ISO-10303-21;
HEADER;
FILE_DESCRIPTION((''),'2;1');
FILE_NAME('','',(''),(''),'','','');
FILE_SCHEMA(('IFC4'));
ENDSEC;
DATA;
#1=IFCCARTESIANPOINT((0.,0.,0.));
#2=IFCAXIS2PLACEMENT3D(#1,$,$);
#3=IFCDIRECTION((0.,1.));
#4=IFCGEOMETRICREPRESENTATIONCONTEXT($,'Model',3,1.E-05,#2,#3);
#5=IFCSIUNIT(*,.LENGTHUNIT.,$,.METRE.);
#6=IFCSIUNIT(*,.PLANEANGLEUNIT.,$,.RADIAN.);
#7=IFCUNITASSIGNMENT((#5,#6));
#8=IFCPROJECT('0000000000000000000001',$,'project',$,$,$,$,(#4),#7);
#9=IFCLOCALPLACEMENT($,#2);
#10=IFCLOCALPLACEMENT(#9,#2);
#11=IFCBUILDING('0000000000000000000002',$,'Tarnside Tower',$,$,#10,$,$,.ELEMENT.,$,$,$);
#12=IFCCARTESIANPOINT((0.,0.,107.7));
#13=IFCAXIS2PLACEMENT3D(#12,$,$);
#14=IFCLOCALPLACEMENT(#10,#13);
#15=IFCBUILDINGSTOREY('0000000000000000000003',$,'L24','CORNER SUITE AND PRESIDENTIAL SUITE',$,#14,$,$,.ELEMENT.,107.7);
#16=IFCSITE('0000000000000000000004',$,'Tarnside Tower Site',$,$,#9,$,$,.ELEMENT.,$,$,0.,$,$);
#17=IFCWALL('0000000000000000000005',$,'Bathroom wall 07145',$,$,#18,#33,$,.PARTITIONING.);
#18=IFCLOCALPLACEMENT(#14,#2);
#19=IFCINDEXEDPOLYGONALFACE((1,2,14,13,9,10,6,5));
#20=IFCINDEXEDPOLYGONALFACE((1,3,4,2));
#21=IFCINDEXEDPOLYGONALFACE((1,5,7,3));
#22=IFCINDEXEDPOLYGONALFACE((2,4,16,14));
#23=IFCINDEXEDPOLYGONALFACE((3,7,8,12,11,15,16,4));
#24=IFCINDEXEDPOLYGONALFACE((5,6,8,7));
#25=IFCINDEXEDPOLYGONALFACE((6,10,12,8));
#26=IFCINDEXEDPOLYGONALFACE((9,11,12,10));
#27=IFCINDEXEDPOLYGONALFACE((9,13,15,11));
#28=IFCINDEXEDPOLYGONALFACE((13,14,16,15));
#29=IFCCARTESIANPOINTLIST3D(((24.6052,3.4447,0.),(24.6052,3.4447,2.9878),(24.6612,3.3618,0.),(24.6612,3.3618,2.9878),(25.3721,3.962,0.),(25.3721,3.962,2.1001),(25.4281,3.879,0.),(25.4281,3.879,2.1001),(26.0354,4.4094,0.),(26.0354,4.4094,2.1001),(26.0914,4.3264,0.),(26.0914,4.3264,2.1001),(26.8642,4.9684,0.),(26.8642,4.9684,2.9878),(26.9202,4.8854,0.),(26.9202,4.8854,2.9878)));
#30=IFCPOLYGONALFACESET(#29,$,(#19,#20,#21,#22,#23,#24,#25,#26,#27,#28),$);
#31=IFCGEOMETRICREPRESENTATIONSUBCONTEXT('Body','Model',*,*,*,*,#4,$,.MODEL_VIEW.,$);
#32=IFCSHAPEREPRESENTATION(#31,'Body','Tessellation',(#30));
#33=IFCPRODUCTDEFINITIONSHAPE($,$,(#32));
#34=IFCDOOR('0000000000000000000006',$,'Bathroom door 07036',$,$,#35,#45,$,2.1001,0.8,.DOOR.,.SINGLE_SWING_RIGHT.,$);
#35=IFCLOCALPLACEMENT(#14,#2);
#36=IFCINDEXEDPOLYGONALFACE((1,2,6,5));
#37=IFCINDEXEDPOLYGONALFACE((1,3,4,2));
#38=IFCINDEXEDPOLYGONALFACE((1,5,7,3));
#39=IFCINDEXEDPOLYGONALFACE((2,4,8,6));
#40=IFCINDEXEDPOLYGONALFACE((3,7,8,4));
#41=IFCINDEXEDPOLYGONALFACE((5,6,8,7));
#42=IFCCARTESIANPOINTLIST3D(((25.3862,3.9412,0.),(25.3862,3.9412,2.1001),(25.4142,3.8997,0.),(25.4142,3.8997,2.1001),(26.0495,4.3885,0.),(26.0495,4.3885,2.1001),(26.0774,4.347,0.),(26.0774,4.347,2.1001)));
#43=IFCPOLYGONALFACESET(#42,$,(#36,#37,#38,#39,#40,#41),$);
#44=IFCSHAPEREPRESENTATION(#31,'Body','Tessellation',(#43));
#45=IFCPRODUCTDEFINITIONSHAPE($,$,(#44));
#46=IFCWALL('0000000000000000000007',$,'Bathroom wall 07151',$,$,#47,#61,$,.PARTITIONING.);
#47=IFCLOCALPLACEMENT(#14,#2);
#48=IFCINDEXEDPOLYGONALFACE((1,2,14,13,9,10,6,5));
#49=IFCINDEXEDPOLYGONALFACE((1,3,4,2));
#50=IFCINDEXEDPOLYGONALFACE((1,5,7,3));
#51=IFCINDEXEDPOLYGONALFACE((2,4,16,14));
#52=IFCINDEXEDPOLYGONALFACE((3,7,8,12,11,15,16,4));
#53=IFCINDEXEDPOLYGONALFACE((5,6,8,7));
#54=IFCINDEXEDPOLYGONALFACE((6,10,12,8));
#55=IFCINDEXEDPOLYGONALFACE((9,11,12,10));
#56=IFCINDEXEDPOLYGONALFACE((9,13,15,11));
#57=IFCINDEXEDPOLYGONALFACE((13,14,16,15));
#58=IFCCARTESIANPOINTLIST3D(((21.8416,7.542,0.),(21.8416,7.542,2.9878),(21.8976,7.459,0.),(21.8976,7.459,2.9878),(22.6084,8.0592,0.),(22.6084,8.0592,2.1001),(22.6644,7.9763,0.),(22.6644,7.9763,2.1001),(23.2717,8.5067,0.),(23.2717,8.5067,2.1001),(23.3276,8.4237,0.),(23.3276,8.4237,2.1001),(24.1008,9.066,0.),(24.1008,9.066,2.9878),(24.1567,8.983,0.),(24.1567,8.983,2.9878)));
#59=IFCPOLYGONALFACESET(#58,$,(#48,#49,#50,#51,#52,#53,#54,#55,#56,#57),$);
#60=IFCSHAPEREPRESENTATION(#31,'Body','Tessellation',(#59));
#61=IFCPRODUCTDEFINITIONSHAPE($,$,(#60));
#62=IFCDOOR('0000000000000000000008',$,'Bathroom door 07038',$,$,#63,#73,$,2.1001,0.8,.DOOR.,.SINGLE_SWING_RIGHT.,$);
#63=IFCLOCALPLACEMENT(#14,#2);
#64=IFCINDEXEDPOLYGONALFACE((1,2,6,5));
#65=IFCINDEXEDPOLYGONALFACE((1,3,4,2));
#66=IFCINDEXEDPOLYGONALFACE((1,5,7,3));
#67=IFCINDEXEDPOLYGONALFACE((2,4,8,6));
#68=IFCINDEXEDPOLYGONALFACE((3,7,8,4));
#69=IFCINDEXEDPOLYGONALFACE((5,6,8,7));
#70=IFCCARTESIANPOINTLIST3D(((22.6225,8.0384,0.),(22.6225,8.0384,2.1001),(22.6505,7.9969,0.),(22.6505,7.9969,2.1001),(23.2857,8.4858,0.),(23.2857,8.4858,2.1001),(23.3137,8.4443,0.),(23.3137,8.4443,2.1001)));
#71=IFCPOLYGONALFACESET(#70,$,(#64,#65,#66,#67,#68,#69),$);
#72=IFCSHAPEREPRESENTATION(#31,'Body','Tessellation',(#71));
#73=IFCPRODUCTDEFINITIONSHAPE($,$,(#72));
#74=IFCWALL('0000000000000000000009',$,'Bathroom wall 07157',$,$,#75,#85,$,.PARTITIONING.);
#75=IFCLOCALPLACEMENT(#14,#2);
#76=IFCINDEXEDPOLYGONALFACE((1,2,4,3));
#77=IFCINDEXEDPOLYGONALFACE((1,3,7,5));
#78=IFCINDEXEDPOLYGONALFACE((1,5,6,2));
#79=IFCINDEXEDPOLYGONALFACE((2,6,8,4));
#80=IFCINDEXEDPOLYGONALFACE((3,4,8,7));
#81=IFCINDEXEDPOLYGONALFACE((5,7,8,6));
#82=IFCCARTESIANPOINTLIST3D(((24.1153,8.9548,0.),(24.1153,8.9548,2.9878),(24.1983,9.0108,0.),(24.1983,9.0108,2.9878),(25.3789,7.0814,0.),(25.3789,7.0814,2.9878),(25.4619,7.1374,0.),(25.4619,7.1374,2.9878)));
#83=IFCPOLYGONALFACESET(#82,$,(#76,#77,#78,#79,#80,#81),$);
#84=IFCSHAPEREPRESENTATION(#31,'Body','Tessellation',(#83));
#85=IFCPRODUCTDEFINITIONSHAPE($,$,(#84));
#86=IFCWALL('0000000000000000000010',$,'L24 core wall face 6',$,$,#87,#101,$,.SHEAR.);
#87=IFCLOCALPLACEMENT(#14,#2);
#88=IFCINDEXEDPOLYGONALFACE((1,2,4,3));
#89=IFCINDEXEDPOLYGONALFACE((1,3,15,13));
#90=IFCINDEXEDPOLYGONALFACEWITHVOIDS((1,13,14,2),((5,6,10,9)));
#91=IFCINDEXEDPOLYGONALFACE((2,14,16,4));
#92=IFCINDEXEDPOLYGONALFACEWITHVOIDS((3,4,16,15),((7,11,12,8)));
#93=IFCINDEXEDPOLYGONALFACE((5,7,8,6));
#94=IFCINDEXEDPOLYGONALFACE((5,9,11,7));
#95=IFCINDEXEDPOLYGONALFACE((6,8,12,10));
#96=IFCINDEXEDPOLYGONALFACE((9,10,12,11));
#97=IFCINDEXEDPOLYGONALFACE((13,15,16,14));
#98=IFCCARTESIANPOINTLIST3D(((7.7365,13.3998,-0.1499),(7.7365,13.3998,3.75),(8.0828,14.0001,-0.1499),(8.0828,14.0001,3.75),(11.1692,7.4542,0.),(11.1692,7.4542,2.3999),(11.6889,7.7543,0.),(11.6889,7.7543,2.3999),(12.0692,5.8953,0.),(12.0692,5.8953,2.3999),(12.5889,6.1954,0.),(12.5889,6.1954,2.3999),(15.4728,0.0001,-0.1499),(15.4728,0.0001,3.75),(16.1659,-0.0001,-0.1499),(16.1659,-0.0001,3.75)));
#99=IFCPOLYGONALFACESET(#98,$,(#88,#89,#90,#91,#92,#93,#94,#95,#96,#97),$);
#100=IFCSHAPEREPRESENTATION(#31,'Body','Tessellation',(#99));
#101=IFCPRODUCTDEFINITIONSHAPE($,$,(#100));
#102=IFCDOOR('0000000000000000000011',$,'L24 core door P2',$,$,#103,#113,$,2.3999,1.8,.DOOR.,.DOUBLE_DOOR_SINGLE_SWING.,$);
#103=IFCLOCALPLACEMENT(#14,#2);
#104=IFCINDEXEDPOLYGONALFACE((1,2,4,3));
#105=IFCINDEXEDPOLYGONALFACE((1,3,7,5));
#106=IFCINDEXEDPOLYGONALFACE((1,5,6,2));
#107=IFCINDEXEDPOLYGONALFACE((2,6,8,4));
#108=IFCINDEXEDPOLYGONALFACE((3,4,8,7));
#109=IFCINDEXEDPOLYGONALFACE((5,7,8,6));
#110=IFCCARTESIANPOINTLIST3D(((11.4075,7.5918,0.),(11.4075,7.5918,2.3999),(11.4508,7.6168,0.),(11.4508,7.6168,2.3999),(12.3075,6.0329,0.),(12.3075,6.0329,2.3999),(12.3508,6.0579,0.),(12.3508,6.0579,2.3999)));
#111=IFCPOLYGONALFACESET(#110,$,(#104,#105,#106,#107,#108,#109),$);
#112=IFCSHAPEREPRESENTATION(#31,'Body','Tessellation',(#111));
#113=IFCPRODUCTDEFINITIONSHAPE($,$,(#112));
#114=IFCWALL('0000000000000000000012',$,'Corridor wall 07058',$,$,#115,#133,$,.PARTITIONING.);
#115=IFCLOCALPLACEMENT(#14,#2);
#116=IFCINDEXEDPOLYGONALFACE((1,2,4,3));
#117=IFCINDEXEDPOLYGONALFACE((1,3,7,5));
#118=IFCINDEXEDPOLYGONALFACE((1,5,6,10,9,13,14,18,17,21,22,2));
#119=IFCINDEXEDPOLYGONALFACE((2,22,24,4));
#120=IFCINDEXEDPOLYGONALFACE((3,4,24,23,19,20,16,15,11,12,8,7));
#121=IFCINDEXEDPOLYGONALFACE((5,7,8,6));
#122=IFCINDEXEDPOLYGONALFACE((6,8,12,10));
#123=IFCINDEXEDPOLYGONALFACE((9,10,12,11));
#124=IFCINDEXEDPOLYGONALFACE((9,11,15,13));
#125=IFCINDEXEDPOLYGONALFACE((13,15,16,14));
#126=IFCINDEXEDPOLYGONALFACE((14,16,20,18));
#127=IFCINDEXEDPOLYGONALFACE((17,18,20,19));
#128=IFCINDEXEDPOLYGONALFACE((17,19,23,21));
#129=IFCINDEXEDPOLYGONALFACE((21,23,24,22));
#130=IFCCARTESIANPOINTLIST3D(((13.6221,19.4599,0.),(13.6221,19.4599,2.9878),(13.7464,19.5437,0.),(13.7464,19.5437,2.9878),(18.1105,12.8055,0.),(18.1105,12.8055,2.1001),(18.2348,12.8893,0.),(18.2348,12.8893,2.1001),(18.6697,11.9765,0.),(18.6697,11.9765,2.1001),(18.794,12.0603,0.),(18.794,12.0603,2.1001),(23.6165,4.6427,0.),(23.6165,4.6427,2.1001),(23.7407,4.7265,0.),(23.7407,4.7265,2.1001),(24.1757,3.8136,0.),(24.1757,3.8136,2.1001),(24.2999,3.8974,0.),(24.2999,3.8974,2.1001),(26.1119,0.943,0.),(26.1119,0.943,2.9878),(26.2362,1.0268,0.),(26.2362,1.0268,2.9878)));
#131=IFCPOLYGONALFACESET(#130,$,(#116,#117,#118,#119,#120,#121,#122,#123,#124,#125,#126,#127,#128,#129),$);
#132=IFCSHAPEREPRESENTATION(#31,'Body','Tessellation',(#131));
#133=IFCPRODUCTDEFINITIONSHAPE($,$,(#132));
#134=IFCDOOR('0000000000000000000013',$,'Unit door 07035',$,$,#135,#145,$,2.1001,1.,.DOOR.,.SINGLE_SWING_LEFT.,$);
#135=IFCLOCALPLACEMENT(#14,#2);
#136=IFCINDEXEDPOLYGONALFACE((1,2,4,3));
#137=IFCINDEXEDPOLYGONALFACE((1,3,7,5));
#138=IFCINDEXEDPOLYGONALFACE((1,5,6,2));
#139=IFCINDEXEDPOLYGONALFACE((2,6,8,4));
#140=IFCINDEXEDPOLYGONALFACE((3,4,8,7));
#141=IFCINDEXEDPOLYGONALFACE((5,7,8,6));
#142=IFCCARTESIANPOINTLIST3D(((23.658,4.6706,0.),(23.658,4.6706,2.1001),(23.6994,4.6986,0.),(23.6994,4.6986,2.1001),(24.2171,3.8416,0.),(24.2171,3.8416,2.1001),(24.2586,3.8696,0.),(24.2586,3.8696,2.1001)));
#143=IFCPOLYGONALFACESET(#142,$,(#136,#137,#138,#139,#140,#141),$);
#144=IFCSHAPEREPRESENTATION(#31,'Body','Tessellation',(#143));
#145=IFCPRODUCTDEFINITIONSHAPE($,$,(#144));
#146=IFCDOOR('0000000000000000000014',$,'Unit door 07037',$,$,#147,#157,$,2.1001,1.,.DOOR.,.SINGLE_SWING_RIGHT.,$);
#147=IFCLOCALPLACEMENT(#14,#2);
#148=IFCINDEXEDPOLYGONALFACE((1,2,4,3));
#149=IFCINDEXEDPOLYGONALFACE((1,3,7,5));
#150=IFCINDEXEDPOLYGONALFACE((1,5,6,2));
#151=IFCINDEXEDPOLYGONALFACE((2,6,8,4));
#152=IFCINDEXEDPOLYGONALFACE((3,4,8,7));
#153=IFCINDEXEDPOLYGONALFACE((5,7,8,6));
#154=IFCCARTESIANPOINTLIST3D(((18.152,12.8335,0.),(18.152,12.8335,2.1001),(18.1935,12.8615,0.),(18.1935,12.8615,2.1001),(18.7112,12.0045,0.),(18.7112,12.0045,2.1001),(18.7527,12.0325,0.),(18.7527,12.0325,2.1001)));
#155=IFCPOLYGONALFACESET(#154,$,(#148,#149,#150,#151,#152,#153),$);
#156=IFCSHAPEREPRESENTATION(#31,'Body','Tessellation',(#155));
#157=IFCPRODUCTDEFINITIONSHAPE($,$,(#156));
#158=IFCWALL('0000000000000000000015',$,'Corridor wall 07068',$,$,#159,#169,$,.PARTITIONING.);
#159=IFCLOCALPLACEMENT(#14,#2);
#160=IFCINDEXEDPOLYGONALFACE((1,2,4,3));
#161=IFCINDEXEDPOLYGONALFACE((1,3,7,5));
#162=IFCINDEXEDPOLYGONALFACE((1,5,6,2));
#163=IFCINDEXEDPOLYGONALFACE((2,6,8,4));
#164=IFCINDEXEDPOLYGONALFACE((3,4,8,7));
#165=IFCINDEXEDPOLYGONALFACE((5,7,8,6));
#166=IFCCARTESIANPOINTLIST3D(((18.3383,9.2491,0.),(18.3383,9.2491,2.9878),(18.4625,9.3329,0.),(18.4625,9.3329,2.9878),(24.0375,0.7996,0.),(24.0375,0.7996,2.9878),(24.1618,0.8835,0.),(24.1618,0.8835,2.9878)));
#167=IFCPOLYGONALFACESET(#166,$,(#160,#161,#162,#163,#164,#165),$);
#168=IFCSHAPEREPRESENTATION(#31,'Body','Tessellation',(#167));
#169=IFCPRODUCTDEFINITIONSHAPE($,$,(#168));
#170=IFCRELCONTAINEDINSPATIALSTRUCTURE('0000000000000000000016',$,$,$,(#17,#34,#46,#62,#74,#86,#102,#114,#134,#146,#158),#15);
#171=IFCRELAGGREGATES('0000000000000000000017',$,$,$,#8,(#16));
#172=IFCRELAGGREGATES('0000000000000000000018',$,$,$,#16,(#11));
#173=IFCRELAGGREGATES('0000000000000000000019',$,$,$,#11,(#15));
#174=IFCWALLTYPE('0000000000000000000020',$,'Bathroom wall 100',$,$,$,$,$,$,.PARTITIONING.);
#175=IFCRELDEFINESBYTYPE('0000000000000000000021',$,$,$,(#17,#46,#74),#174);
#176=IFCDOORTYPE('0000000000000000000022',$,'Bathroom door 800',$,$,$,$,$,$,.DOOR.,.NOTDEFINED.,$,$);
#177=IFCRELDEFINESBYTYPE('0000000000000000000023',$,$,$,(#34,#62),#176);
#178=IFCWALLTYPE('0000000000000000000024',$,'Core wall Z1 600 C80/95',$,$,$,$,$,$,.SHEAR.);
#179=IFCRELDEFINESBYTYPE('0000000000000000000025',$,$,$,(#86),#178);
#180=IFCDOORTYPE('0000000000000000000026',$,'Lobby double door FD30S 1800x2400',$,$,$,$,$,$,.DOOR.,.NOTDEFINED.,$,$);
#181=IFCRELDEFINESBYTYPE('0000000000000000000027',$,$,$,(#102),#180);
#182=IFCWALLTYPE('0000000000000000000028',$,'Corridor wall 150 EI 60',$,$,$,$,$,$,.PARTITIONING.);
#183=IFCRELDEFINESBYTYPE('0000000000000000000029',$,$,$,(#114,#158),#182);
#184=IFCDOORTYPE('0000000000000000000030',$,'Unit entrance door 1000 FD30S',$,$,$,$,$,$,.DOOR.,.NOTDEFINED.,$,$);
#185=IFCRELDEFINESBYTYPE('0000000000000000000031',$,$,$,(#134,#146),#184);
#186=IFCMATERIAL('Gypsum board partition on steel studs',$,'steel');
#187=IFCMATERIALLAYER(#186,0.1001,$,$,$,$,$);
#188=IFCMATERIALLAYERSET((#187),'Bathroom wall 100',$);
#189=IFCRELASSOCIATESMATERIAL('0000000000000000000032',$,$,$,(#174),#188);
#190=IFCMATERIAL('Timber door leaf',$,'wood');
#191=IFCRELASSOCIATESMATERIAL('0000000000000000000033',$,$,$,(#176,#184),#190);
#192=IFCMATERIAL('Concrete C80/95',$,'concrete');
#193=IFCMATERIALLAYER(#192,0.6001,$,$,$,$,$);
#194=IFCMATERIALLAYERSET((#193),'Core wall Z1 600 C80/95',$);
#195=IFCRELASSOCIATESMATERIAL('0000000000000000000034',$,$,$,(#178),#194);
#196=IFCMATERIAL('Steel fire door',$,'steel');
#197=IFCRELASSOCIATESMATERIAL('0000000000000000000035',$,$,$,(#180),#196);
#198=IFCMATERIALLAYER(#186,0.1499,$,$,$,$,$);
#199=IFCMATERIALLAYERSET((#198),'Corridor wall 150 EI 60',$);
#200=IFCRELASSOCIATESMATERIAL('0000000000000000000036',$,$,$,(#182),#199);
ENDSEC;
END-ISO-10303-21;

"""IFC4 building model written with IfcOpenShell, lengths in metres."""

from ifc_helpers import new_model, si_unit, direction, frame, frame_2d, origin, place, context, subcontext, project, spatial, polyline, rectangle, outline, extrude, material, layer, layer_set, type_object, element, fill, save


model = new_model("IFC4")

# Units and contexts
model_context = context("Model", 3, precision=1e-05, world=origin(), true_north=direction((0.0, 1.0)))
body_context = subcontext(model_context, "Body", "Model", "MODEL_VIEW")
ifc_project = project(units=[si_unit("LENGTHUNIT", "METRE"), si_unit("PLANEANGLEUNIT", "RADIAN")], contexts=[model_context])

# Site, building, storey
site_placement = place(None, origin())
site = spatial("IfcSite", under=ifc_project, at=site_placement, Name="Tarnside Tower Site", CompositionType="ELEMENT", RefElevation=0.0)
building_placement = place(site_placement, origin())
building = spatial("IfcBuilding", under=site, at=building_placement, Name="Tarnside Tower", CompositionType="ELEMENT")
storey_placement = place(building_placement, frame((0.0, 0.0, 107.7)))
storey = spatial("IfcBuildingStorey", under=building, at=storey_placement, Name="L24", Description="CORNER SUITE AND PRESIDENTIAL SUITE", CompositionType="ELEMENT", Elevation=107.7)

# Walls, openings, doors
ifc_material_1 = material(Name="Gypsum board partition on steel studs", Category="steel")
ifc_layer_1 = layer(ifc_material_1, 0.1001)
ifc_layer_set_1 = layer_set([ifc_layer_1], Name="Bathroom wall 100")
wall_type_1 = type_object("IfcWallType", Name="Bathroom wall 100", PredefinedType="PARTITIONING", material=ifc_layer_set_1)
wall_1_placement = place(storey_placement, frame((24.6333, 3.4033, 0.0), z_axis=(0.0, 0.0, 1.0), x_axis=(0.829047, 0.559179, 0.0)))
wall_1 = element("IfcWall", 1, at=wall_1_placement, inside=storey, type_object=wall_type_1, Name="Bathroom wall 07145", PredefinedType="PARTITIONING", context=body_context, shape_type="SweptSolid", body=[
    extrude(rectangle(XDim=2.7249, YDim=0.1001, at=frame_2d((1.3623, 0.0))), origin(), (0.0, 0.0, 1.0), 2.9878),
])
opening_1_placement = place(wall_1_placement, frame((0.925, 0.0, 0.0)))
opening_1 = element("IfcOpeningElement", 2, at=opening_1_placement, cuts=wall_1, PredefinedType="OPENING", context=body_context, shape_type="SweptSolid", body=[
    extrude(rectangle(XDim=0.8, YDim=2.1001, at=frame_2d((0.3999, 1.05))), frame((0.0, 0.0601, 0.0), z_axis=(0.0, -1.0, 0.0), x_axis=(1.0, 0.0, 0.0)), (0.0, 0.0, 1.0), 0.1201),
])
ifc_material_2 = material(Name="Timber door leaf", Category="wood")
door_type_1 = type_object("IfcDoorType", Name="Bathroom door 800", OperationType="NOTDEFINED", PredefinedType="DOOR", material=ifc_material_2)
door_1_placement = place(opening_1_placement, origin())
door_1 = element("IfcDoor", 3, at=door_1_placement, inside=storey, type_object=door_type_1, Name="Bathroom door 07036", OperationType="SINGLE_SWING_RIGHT", OverallHeight=2.1001, OverallWidth=0.8, PredefinedType="DOOR", context=body_context, shape_type="SweptSolid", body=[
    extrude(rectangle(XDim=0.8, YDim=2.1001, at=frame_2d((0.3999, 1.05))), frame((0.0, 0.0249, 0.0), z_axis=(0.0, -1.0, 0.0), x_axis=(1.0, 0.0, 0.0)), (0.0, 0.0, 1.0), 0.05),
])
fill(opening_1, door_1)
wall_2_placement = place(storey_placement, frame((21.8696, 7.5005, 0.0), z_axis=(0.0, 0.0, 1.0), x_axis=(0.829005, 0.55924, 0.0)))
wall_2 = element("IfcWall", 4, at=wall_2_placement, inside=storey, type_object=wall_type_1, Name="Bathroom wall 07151", PredefinedType="PARTITIONING", context=body_context, shape_type="SweptSolid", body=[
    extrude(rectangle(XDim=2.7251, YDim=0.1001, at=frame_2d((1.3625, 0.0))), origin(), (0.0, 0.0, 1.0), 2.9878),
])
opening_2_placement = place(wall_2_placement, frame((0.925, 0.0, 0.0)))
opening_2 = element("IfcOpeningElement", 5, at=opening_2_placement, cuts=wall_2, PredefinedType="OPENING", context=body_context, shape_type="SweptSolid", body=[
    extrude(rectangle(XDim=0.8, YDim=2.1001, at=frame_2d((0.3999, 1.05))), frame((0.0, 0.0601, 0.0), z_axis=(0.0, -1.0, 0.0), x_axis=(1.0, 0.0, 0.0)), (0.0, 0.0, 1.0), 0.1201),
])
door_2_placement = place(opening_2_placement, origin())
door_2 = element("IfcDoor", 6, at=door_2_placement, inside=storey, type_object=door_type_1, Name="Bathroom door 07038", OperationType="SINGLE_SWING_RIGHT", OverallHeight=2.1001, OverallWidth=0.8, PredefinedType="DOOR", context=body_context, shape_type="SweptSolid", body=[
    extrude(rectangle(XDim=0.8, YDim=2.1001, at=frame_2d((0.3999, 1.05))), frame((0.0, 0.0249, 0.0), z_axis=(0.0, -1.0, 0.0), x_axis=(1.0, 0.0, 0.0)), (0.0, 0.0, 1.0), 0.05),
])
fill(opening_2, door_2)

# Wall
wall_3_placement = place(storey_placement, frame((25.4204, 7.1094, 0.0), z_axis=(0.0, 0.0, 1.0), x_axis=(-0.55918, 0.829047, 0.0)))
element("IfcWall", 7, at=wall_3_placement, inside=storey, type_object=wall_type_1, Name="Bathroom wall 07157", PredefinedType="PARTITIONING", context=body_context, shape_type="SweptSolid", body=[
    extrude(rectangle(XDim=2.2598, YDim=0.1001, at=frame_2d((1.1299, 0.0))), origin(), (0.0, 0.0, 1.0), 2.9878),
])

# Wall, opening, door
ifc_material_3 = material(Name="Concrete C80/95", Category="concrete")
ifc_layer_2 = layer(ifc_material_3, 0.6001)
ifc_layer_set_2 = layer_set([ifc_layer_2], Name="Core wall Z1 600 C80/95")
wall_type_2 = type_object("IfcWallType", Name="Core wall Z1 600 C80/95", PredefinedType="SHEAR", material=ifc_layer_set_2)
wall_4_placement = place(storey_placement, frame((15.8193, 0.0, -0.1499), z_axis=(0.0, 0.0, 1.0), x_axis=(-0.5, 0.866025, 0.0)))
wall_4 = element("IfcWall", 8, at=wall_4_placement, inside=storey, type_object=wall_type_2, Name="L24 core wall face 6", PredefinedType="SHEAR", context=body_context, shape_type="SweptSolid", body=[
    extrude(outline(polyline([(-0.1733, -0.3), (15.9927, -0.3), (15.646, 0.3), (0.1733, 0.3), (-0.1733, -0.3)])), origin(), (0.0, 0.0, 1.0), 3.8999),
])
opening_3_placement = place(wall_4_placement, frame((6.9807, 0.0, 0.1499)))
opening_3 = element("IfcOpeningElement", 9, at=opening_3_placement, cuts=wall_4, PredefinedType="OPENING", context=body_context, shape_type="SweptSolid", body=[
    extrude(rectangle(XDim=1.8, YDim=2.3999, at=frame_2d((0.8999, 1.2))), frame((0.0, 0.3101, 0.0), z_axis=(0.0, -1.0, 0.0), x_axis=(1.0, 0.0, 0.0)), (0.0, 0.0, 1.0), 0.6201),
])
ifc_material_4 = material(Name="Steel fire door", Category="steel")
door_type_2 = type_object("IfcDoorType", Name="Lobby double door FD30S 1800x2400", OperationType="NOTDEFINED", PredefinedType="DOOR", material=ifc_material_4)
door_3_placement = place(opening_3_placement, origin())
door_3 = element("IfcDoor", 10, at=door_3_placement, inside=storey, type_object=door_type_2, Name="L24 core door P2", OperationType="DOUBLE_DOOR_SINGLE_SWING", OverallHeight=2.3999, OverallWidth=1.8, PredefinedType="DOOR", context=body_context, shape_type="SweptSolid", body=[
    extrude(rectangle(XDim=1.8, YDim=2.3999, at=frame_2d((0.8999, 1.2))), frame((0.0, 0.0249, 0.0), z_axis=(0.0, -1.0, 0.0), x_axis=(1.0, 0.0, 0.0)), (0.0, 0.0, 1.0), 0.05),
])
fill(opening_3, door_3)

# Wall, openings, doors
ifc_layer_3 = layer(ifc_material_1, 0.1499)
ifc_layer_set_3 = layer_set([ifc_layer_3], Name="Corridor wall 150 EI 60")
wall_type_3 = type_object("IfcWallType", Name="Corridor wall 150 EI 60", PredefinedType="PARTITIONING", material=ifc_layer_set_3)
wall_5_placement = place(storey_placement, frame((26.1741, 0.9849, 0.0), z_axis=(0.0, 0.0, 1.0), x_axis=(-0.559192, 0.829038, 0.0)))
wall_5 = element("IfcWall", 11, at=wall_5_placement, inside=storey, type_object=wall_type_3, Name="Corridor wall 07058", PredefinedType="PARTITIONING", context=body_context, shape_type="SweptSolid", body=[
    extrude(rectangle(XDim=22.3354, YDim=0.1499, at=frame_2d((11.1677, 0.0))), origin(), (0.0, 0.0, 1.0), 2.9878),
])
opening_4_placement = place(wall_5_placement, frame((3.4626, 0.0, 0.0)))
opening_4 = element("IfcOpeningElement", 12, at=opening_4_placement, cuts=wall_5, PredefinedType="OPENING", context=body_context, shape_type="SweptSolid", body=[
    extrude(rectangle(XDim=1.0, YDim=2.1001, at=frame_2d((0.5, 1.05))), frame((0.0, 0.085, 0.0), z_axis=(0.0, -1.0, 0.0), x_axis=(1.0, 0.0, 0.0)), (0.0, 0.0, 1.0), 0.1699),
])
opening_5_placement = place(wall_5_placement, frame((13.3088, 0.0, 0.0)))
opening_5 = element("IfcOpeningElement", 13, at=opening_5_placement, cuts=wall_5, PredefinedType="OPENING", context=body_context, shape_type="SweptSolid", body=[
    extrude(rectangle(XDim=1.0, YDim=2.1001, at=frame_2d((0.5, 1.05))), frame((0.0, 0.085, 0.0), z_axis=(0.0, -1.0, 0.0), x_axis=(1.0, 0.0, 0.0)), (0.0, 0.0, 1.0), 0.1699),
])
door_type_3 = type_object("IfcDoorType", Name="Unit entrance door 1000 FD30S", OperationType="NOTDEFINED", PredefinedType="DOOR", material=ifc_material_2)
door_4_placement = place(opening_4_placement, origin())
door_4 = element("IfcDoor", 14, at=door_4_placement, inside=storey, type_object=door_type_3, Name="Unit door 07035", OperationType="SINGLE_SWING_LEFT", OverallHeight=2.1001, OverallWidth=1.0, PredefinedType="DOOR", context=body_context, shape_type="SweptSolid", body=[
    extrude(rectangle(XDim=1.0, YDim=2.1001, at=frame_2d((0.5, 1.05))), frame((0.0, 0.0249, 0.0), z_axis=(0.0, -1.0, 0.0), x_axis=(1.0, 0.0, 0.0)), (0.0, 0.0, 1.0), 0.05),
])
fill(opening_4, door_4)
door_5_placement = place(opening_5_placement, origin())
door_5 = element("IfcDoor", 15, at=door_5_placement, inside=storey, type_object=door_type_3, Name="Unit door 07037", OperationType="SINGLE_SWING_RIGHT", OverallHeight=2.1001, OverallWidth=1.0, PredefinedType="DOOR", context=body_context, shape_type="SweptSolid", body=[
    extrude(rectangle(XDim=1.0, YDim=2.1001, at=frame_2d((0.5, 1.05))), frame((0.0, 0.0249, 0.0), z_axis=(0.0, -1.0, 0.0), x_axis=(1.0, 0.0, 0.0)), (0.0, 0.0, 1.0), 0.05),
])
fill(opening_5, door_5)

# Wall
wall_6_placement = place(storey_placement, frame((18.4004, 9.291, 0.0), z_axis=(0.0, 0.0, 1.0), x_axis=(0.559192, -0.829038, 0.0)))
element("IfcWall", 16, at=wall_6_placement, inside=storey, type_object=wall_type_3, Name="Corridor wall 07068", PredefinedType="PARTITIONING", context=body_context, shape_type="SweptSolid", body=[
    extrude(rectangle(XDim=10.1919, YDim=0.1499, at=frame_2d((5.0959, 0.0))), origin(), (0.0, 0.0, 1.0), 2.9878),
])

save(model, "model.ifc")
